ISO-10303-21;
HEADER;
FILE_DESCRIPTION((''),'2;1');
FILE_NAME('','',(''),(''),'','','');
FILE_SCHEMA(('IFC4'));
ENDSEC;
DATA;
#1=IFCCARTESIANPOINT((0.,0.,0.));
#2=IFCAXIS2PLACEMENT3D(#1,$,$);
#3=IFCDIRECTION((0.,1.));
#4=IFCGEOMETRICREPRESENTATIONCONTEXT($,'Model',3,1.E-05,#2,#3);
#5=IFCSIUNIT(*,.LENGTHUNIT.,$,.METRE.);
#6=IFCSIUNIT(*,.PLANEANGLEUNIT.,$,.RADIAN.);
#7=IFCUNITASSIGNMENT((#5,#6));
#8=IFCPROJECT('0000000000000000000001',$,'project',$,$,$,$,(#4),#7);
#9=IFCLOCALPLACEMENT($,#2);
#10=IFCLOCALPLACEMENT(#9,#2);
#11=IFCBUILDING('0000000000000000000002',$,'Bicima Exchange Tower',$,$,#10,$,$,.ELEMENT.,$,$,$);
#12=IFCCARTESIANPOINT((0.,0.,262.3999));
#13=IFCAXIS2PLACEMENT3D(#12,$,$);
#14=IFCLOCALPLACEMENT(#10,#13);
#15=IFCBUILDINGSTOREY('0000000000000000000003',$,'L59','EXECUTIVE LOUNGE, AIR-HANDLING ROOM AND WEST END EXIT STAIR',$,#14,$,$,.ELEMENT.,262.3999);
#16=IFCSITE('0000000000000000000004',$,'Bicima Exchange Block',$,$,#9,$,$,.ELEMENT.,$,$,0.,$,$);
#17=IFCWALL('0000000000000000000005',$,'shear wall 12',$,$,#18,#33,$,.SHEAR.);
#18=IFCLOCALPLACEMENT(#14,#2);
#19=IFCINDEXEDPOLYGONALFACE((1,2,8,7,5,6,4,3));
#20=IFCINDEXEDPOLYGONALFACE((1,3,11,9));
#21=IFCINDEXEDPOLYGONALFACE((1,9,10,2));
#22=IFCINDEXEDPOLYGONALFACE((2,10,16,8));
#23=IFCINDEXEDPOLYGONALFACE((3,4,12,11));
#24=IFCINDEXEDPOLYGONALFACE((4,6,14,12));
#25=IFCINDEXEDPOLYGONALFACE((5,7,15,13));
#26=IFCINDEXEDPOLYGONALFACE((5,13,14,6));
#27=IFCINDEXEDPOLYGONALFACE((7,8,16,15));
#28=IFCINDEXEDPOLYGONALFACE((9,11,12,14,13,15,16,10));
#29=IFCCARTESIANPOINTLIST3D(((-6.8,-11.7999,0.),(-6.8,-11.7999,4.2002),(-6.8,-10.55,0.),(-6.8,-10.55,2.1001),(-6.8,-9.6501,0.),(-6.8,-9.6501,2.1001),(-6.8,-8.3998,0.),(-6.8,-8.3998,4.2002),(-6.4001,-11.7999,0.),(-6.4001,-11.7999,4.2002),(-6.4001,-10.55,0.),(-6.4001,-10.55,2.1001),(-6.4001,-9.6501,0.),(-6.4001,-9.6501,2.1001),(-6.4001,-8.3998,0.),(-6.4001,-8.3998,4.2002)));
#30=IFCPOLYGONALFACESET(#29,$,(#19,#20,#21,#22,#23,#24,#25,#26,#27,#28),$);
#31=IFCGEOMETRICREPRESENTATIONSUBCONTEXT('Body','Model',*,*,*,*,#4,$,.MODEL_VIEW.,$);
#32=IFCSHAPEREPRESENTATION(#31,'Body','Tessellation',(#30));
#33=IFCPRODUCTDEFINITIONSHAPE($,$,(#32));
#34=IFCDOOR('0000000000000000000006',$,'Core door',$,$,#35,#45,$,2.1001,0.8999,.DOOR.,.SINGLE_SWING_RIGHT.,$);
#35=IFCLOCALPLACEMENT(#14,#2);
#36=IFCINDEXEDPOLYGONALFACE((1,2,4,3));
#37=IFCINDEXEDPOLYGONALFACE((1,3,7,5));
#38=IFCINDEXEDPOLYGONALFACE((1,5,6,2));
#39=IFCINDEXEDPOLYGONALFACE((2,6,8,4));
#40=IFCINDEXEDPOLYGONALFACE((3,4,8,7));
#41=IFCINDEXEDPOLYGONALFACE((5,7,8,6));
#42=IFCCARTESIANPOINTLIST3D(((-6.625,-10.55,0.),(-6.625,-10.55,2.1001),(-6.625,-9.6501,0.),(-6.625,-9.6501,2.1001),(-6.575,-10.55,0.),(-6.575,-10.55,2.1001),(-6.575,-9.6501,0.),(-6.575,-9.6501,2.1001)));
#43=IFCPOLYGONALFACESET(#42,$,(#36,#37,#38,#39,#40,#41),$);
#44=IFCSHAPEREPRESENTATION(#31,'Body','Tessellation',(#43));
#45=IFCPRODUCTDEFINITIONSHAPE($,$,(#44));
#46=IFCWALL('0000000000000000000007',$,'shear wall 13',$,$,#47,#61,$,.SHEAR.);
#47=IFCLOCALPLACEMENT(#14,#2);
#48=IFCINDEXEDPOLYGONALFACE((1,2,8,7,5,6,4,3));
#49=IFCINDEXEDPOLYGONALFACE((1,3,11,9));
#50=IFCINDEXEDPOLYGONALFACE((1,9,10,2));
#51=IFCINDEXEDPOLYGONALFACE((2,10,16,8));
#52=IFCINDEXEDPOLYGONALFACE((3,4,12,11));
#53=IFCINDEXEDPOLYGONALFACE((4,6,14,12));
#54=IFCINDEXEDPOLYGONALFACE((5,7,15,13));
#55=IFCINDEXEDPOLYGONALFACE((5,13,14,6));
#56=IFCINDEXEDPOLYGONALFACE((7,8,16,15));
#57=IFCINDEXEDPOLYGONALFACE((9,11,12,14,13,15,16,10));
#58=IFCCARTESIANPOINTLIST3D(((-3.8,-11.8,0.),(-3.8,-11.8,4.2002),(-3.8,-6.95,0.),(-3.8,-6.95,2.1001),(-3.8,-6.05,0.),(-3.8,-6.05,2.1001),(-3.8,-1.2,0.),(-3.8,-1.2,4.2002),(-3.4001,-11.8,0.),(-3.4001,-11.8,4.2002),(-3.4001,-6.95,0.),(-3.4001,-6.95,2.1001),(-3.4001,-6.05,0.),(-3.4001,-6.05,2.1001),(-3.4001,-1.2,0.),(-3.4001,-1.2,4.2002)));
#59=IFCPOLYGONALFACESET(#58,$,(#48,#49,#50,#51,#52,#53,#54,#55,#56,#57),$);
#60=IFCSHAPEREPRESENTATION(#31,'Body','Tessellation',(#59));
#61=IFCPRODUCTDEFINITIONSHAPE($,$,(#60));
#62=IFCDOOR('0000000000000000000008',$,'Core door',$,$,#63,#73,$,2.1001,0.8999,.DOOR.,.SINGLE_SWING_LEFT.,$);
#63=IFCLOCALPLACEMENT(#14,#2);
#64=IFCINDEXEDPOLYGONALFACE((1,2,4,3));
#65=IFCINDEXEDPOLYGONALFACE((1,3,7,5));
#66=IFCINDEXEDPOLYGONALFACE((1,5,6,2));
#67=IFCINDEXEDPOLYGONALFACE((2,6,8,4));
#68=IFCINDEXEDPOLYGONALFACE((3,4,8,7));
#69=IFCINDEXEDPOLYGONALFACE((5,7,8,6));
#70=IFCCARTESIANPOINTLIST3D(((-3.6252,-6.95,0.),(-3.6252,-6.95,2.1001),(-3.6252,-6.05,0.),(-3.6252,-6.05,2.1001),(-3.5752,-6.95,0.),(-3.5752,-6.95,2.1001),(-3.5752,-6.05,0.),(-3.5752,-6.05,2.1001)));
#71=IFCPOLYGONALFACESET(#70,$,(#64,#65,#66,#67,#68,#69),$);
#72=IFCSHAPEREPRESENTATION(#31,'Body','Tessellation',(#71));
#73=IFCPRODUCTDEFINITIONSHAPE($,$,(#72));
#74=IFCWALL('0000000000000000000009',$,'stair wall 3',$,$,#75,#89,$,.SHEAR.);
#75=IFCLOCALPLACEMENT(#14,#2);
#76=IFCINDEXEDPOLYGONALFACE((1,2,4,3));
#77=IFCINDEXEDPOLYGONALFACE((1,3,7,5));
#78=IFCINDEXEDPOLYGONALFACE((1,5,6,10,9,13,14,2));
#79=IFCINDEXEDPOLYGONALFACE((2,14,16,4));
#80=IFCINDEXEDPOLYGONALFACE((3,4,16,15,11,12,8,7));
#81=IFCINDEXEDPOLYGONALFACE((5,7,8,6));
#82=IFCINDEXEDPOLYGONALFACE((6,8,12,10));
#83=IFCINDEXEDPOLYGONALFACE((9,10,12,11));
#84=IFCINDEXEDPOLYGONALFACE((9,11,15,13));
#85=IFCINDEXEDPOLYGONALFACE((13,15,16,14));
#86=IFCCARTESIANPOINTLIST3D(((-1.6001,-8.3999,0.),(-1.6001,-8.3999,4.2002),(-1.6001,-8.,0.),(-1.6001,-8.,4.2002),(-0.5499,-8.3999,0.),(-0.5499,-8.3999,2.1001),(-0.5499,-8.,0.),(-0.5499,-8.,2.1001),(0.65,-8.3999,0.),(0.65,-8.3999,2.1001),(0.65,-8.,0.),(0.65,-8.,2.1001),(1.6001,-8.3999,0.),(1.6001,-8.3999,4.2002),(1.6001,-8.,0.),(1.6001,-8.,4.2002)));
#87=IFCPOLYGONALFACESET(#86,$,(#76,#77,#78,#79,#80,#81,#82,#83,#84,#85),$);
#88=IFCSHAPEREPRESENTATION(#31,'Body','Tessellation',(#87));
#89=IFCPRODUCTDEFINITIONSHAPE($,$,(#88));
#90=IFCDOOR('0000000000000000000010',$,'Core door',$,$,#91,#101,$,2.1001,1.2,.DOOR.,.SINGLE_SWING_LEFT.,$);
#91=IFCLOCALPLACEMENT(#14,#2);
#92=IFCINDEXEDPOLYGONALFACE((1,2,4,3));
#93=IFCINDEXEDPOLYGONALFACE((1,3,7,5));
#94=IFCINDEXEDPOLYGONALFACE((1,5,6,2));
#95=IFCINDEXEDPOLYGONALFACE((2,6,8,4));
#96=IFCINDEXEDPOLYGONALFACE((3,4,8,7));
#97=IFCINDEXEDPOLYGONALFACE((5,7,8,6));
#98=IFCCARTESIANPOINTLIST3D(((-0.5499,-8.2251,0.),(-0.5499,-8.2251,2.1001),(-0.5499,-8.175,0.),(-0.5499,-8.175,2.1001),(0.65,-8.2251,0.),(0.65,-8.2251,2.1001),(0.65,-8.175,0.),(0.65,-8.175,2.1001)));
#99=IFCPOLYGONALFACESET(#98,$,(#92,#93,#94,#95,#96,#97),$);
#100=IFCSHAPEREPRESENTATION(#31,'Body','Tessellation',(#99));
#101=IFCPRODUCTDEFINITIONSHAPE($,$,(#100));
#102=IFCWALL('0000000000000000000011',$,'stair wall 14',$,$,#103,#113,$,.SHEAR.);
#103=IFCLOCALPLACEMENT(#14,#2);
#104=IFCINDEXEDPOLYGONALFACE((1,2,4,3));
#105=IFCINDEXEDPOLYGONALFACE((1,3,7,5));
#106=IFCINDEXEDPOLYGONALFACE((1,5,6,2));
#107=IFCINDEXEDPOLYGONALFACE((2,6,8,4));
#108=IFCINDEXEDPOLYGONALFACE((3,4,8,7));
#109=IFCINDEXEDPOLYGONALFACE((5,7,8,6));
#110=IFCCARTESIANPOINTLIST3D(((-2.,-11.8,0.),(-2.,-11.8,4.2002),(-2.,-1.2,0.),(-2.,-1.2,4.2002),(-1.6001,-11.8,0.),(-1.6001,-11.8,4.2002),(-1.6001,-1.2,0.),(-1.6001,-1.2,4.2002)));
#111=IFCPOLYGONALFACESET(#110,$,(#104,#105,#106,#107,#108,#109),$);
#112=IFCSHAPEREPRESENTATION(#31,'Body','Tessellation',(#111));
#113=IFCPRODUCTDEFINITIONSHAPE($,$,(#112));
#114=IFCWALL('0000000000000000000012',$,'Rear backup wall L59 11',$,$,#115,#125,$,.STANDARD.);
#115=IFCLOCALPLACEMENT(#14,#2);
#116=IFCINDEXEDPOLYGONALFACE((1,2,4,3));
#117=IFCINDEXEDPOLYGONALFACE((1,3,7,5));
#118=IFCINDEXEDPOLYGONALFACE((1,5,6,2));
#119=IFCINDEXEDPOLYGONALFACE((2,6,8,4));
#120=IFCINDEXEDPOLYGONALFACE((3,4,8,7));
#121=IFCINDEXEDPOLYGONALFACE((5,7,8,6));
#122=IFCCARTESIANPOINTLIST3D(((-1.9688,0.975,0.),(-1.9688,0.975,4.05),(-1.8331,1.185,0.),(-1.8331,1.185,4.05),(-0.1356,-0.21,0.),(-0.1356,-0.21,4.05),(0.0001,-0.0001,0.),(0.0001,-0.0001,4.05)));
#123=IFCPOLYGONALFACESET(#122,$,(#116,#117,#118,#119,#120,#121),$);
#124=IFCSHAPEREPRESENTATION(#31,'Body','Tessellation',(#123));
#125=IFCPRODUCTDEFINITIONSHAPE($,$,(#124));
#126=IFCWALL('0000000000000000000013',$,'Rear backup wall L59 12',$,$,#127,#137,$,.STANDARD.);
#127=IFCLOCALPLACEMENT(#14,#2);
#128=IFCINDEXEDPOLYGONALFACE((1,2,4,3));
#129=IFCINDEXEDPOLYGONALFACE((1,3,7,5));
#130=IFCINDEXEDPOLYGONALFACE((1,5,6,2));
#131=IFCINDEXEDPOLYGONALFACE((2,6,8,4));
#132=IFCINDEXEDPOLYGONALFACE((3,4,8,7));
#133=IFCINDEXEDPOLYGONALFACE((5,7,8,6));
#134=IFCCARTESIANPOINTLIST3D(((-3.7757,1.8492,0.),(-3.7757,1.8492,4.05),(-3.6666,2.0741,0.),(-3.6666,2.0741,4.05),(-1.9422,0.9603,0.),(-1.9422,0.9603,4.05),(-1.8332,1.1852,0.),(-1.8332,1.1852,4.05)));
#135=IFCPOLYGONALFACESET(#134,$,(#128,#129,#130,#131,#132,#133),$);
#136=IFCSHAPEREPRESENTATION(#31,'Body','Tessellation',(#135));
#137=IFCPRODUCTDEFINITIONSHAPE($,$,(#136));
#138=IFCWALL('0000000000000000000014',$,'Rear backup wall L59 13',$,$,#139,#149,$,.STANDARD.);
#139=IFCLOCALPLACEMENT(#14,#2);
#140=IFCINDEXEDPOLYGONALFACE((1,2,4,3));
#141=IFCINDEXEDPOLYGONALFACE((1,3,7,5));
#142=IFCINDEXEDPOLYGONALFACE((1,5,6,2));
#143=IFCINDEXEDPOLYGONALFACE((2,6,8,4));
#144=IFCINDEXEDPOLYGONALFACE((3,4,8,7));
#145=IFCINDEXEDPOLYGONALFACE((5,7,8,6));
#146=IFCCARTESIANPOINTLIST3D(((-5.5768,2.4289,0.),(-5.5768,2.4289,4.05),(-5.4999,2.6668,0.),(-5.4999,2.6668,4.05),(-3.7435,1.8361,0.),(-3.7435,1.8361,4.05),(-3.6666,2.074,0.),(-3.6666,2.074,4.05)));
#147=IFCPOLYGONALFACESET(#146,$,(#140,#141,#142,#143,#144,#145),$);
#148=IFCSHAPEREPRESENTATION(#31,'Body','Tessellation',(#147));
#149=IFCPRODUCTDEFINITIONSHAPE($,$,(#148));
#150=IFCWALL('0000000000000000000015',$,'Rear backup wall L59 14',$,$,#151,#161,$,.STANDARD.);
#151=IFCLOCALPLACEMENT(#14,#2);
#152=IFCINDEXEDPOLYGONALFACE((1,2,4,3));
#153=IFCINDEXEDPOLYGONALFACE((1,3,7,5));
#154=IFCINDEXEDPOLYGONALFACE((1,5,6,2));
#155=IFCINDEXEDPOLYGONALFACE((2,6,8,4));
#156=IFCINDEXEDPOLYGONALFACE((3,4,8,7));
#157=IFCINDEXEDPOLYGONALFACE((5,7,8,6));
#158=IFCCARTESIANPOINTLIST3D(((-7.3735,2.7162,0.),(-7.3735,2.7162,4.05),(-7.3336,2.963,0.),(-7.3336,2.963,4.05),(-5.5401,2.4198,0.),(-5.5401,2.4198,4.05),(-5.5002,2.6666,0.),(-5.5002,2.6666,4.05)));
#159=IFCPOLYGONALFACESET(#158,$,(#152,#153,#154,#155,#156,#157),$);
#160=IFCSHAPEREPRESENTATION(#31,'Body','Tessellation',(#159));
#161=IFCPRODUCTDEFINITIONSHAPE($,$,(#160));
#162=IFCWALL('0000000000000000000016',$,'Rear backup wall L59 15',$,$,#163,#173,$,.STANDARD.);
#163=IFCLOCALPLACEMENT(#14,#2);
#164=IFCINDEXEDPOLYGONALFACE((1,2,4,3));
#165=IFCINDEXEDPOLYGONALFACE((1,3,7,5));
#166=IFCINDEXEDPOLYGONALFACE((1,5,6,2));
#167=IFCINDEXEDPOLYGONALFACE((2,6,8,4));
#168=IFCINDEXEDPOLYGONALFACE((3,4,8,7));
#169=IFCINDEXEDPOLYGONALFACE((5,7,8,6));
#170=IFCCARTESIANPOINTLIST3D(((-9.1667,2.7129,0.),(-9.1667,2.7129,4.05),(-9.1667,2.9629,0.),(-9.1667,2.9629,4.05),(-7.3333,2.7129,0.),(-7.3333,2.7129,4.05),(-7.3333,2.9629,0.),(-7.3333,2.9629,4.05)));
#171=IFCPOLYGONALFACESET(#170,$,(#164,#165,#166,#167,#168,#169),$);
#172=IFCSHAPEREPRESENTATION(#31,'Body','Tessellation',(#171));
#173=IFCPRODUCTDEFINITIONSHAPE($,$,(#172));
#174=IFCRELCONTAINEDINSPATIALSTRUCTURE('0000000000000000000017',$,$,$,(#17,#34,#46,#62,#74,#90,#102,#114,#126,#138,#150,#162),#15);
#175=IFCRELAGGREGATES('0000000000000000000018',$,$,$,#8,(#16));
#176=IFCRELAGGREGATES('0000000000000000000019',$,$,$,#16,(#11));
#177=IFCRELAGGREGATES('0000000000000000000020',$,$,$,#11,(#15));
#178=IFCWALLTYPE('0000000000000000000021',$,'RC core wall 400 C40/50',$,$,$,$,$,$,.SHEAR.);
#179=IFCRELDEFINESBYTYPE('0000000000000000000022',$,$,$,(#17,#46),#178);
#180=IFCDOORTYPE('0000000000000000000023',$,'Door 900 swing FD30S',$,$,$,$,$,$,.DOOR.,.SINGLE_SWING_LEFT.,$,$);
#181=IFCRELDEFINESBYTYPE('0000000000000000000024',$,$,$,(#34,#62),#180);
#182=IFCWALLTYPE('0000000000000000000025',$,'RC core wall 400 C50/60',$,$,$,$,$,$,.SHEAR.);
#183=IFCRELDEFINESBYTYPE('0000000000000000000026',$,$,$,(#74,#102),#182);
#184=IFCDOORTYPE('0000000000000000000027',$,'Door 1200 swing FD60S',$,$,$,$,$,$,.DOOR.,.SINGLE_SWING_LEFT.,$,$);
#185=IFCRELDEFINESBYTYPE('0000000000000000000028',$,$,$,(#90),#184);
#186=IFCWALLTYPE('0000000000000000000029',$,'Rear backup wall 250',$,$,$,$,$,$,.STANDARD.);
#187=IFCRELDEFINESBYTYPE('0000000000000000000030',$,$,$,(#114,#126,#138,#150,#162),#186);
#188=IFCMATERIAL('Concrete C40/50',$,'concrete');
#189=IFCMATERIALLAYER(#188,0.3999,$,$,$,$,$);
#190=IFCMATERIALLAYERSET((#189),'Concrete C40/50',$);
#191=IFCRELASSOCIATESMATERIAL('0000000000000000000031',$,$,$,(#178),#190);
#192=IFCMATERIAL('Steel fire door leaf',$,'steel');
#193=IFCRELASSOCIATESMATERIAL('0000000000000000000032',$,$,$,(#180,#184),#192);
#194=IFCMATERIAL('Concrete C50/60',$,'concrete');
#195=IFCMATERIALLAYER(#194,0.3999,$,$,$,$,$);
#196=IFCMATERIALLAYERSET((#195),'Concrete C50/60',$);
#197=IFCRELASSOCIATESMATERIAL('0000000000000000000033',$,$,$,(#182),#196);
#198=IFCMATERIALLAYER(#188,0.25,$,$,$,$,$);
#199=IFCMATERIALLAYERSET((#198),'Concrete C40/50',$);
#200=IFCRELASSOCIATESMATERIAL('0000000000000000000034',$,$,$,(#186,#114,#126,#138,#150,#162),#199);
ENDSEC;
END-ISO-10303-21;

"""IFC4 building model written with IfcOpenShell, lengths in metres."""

from ifc_helpers import new_model, si_unit, direction, frame, frame_2d, origin, place, context, subcontext, project, spatial, rectangle, extrude, material, layer, layer_set, layer_usage, type_object, element, fill, save


model = new_model("IFC4")

# Units and contexts
model_context = context("Model", 3, precision=1e-05, world=origin(), true_north=direction((0.0, 1.0)))
body_context = subcontext(model_context, "Body", "Model", "MODEL_VIEW")
ifc_project = project(units=[si_unit("LENGTHUNIT", "METRE"), si_unit("PLANEANGLEUNIT", "RADIAN")], contexts=[model_context])

# Site, building, storey
site_placement = place(None, origin())
site = spatial("IfcSite", under=ifc_project, at=site_placement, Name="Bicima Exchange Block", CompositionType="ELEMENT", RefElevation=0.0)
building_placement = place(site_placement, origin())
building = spatial("IfcBuilding", under=site, at=building_placement, Name="Bicima Exchange Tower", CompositionType="ELEMENT")
storey_placement = place(building_placement, frame((0.0, 0.0, 262.3999)))
storey = spatial("IfcBuildingStorey", under=building, at=storey_placement, Name="L59", Description="EXECUTIVE LOUNGE, AIR-HANDLING ROOM AND WEST END EXIT STAIR", CompositionType="ELEMENT", Elevation=262.3999)

# Shared definitions
ifc_material_1 = material(Name="Concrete C40/50", Category="concrete")

# Shared definitions
ifc_material_2 = material(Name="Concrete C50/60", Category="concrete")

# Walls, openings, doors
ifc_layer_1 = layer(ifc_material_1, 0.3999)
ifc_layer_set_1 = layer_set([ifc_layer_1], Name="Concrete C40/50")
wall_type_1 = type_object("IfcWallType", Name="RC core wall 400 C40/50", PredefinedType="SHEAR", material=ifc_layer_set_1)
wall_1_placement = place(storey_placement, frame((-6.6001, -11.8, 0.0), z_axis=(0.0, 0.0, 1.0), x_axis=(0.0, 1.0, 0.0)))
wall_1 = element("IfcWall", 1, at=wall_1_placement, inside=storey, type_object=wall_type_1, Name="shear wall 12", PredefinedType="SHEAR", context=body_context, shape_type="SweptSolid", body=[
    extrude(rectangle(XDim=3.4001, YDim=0.3999, at=frame_2d((1.7002, 0.0))), origin(), (0.0, 0.0, 1.0), 4.2002),
])
opening_1_placement = place(wall_1_placement, frame((1.25, 0.0, 0.0)))
opening_1 = element("IfcOpeningElement", 2, at=opening_1_placement, cuts=wall_1, PredefinedType="OPENING", context=body_context, shape_type="SweptSolid", body=[
    extrude(rectangle(XDim=0.8999, YDim=2.1001, at=frame_2d((0.45, 1.05))), frame((0.0, 0.2119, 0.0), z_axis=(0.0, -1.0, 0.0), x_axis=(1.0, 0.0, 0.0)), (0.0, 0.0, 1.0), 0.4238),
])
ifc_material_3 = material(Name="Steel fire door leaf", Category="steel")
door_type_1 = type_object("IfcDoorType", Name="Door 900 swing FD30S", OperationType="SINGLE_SWING_LEFT", PredefinedType="DOOR", material=ifc_material_3)
door_1_placement = place(opening_1_placement, origin())
door_1 = element("IfcDoor", 3, at=door_1_placement, inside=storey, type_object=door_type_1, Name="Core door", OperationType="SINGLE_SWING_RIGHT", OverallHeight=2.1001, OverallWidth=0.8999, PredefinedType="DOOR", context=body_context, shape_type="SweptSolid", body=[
    extrude(rectangle(XDim=0.8999, YDim=2.1001, at=frame_2d((0.45, 1.05))), frame((0.0, 0.0249, 0.0), z_axis=(0.0, -1.0, 0.0), x_axis=(1.0, 0.0, 0.0)), (0.0, 0.0, 1.0), 0.05),
])
fill(opening_1, door_1)
wall_2_placement = place(storey_placement, frame((-3.6001, -11.8, 0.0), z_axis=(0.0, 0.0, 1.0), x_axis=(0.0, 1.0, 0.0)))
wall_2 = element("IfcWall", 4, at=wall_2_placement, inside=storey, type_object=wall_type_1, Name="shear wall 13", PredefinedType="SHEAR", context=body_context, shape_type="SweptSolid", body=[
    extrude(rectangle(XDim=10.6001, YDim=0.3999, at=frame_2d((5.3, 0.0))), origin(), (0.0, 0.0, 1.0), 4.2002),
])
opening_2_placement = place(wall_2_placement, frame((4.8501, 0.0, 0.0)))
opening_2 = element("IfcOpeningElement", 5, at=opening_2_placement, cuts=wall_2, PredefinedType="OPENING", context=body_context, shape_type="SweptSolid", body=[
    extrude(rectangle(XDim=0.8999, YDim=2.1001, at=frame_2d((0.45, 1.05))), frame((0.0, 0.2119, 0.0), z_axis=(0.0, -1.0, 0.0), x_axis=(1.0, 0.0, 0.0)), (0.0, 0.0, 1.0), 0.4238),
])
door_2_placement = place(opening_2_placement, frame((0.8999, 0.0, 0.0), z_axis=(0.0, 0.0, 1.0), x_axis=(-1.0, 0.0, 0.0)))
door_2 = element("IfcDoor", 6, at=door_2_placement, inside=storey, type_object=door_type_1, Name="Core door", OperationType="SINGLE_SWING_LEFT", OverallHeight=2.1001, OverallWidth=0.8999, PredefinedType="DOOR", context=body_context, shape_type="SweptSolid", body=[
    extrude(rectangle(XDim=0.8999, YDim=2.1001, at=frame_2d((0.45, 1.05))), frame((0.0, 0.0249, 0.0), z_axis=(0.0, -1.0, 0.0), x_axis=(1.0, 0.0, 0.0)), (0.0, 0.0, 1.0), 0.05),
])
fill(opening_2, door_2)
ifc_layer_2 = layer(ifc_material_2, 0.3999)
ifc_layer_set_2 = layer_set([ifc_layer_2], Name="Concrete C50/60")
wall_type_2 = type_object("IfcWallType", Name="RC core wall 400 C50/60", PredefinedType="SHEAR", material=ifc_layer_set_2)
wall_3_placement = place(storey_placement, frame((-1.6001, -8.2, 0.0), z_axis=(0.0, 0.0, 1.0), x_axis=(1.0, 0.0, 0.0)))
wall_3 = element("IfcWall", 7, at=wall_3_placement, inside=storey, type_object=wall_type_2, Name="stair wall 3", PredefinedType="SHEAR", context=body_context, shape_type="SweptSolid", body=[
    extrude(rectangle(XDim=3.2002, YDim=0.3999, at=frame_2d((1.6001, 0.0))), origin(), (0.0, 0.0, 1.0), 4.2002),
])
opening_3_placement = place(wall_3_placement, frame((1.05, 0.0, 0.0)))
opening_3 = element("IfcOpeningElement", 8, at=opening_3_placement, cuts=wall_3, PredefinedType="OPENING", context=body_context, shape_type="SweptSolid", body=[
    extrude(rectangle(XDim=1.2, YDim=2.1001, at=frame_2d((0.6001, 1.05))), frame((0.0, 0.2119, 0.0), z_axis=(0.0, -1.0, 0.0), x_axis=(1.0, 0.0, 0.0)), (0.0, 0.0, 1.0), 0.4238),
])
door_type_2 = type_object("IfcDoorType", Name="Door 1200 swing FD60S", OperationType="SINGLE_SWING_LEFT", PredefinedType="DOOR", material=ifc_material_3)
door_3_placement = place(opening_3_placement, origin())
door_3 = element("IfcDoor", 9, at=door_3_placement, inside=storey, type_object=door_type_2, Name="Core door", OperationType="SINGLE_SWING_LEFT", OverallHeight=2.1001, OverallWidth=1.2, PredefinedType="DOOR", context=body_context, shape_type="SweptSolid", body=[
    extrude(rectangle(XDim=1.2, YDim=2.1001, at=frame_2d((0.6001, 1.05))), frame((0.0, 0.0249, 0.0), z_axis=(0.0, -1.0, 0.0), x_axis=(1.0, 0.0, 0.0)), (0.0, 0.0, 1.0), 0.05),
])
fill(opening_3, door_3)

# Walls
wall_4_placement = place(storey_placement, frame((-1.8, -11.8, 0.0), z_axis=(0.0, 0.0, 1.0), x_axis=(0.0, 1.0, 0.0)))
element("IfcWall", 10, at=wall_4_placement, inside=storey, type_object=wall_type_2, Name="stair wall 14", PredefinedType="SHEAR", context=body_context, shape_type="SweptSolid", body=[
    extrude(rectangle(XDim=10.6001, YDim=0.3999, at=frame_2d((5.3, 0.0))), origin(), (0.0, 0.0, 1.0), 4.2002),
])
ifc_layer_3 = layer(ifc_material_1, 0.25)
ifc_layer_set_3 = layer_set([ifc_layer_3], Name="Concrete C40/50")
ifc_layer_usage = layer_usage(ifc_layer_set_3, "AXIS2", "POSITIVE", -0.125)
wall_type_3 = type_object("IfcWallType", Name="Rear backup wall 250", PredefinedType="STANDARD", material=ifc_layer_set_3)
wall_5_placement = place(storey_placement, frame((-0.0679, -0.105, 0.0), z_axis=(0.0, 0.0, 1.0), x_axis=(-0.839813, 0.542876, 0.0)))
element("IfcWall", 11, at=wall_5_placement, inside=storey, type_object=wall_type_3, material=ifc_layer_usage, Name="Rear backup wall L59 11", PredefinedType="STANDARD", context=body_context, shape_type="SweptSolid", body=[
    extrude(rectangle(XDim=2.1829, YDim=0.25, at=frame_2d((1.0913, 0.0))), origin(), (0.0, 0.0, 1.0), 4.05),
])
wall_6_placement = place(storey_placement, frame((-1.8877, 1.0728, 0.0), z_axis=(0.0, 0.0, 1.0), x_axis=(-0.899824, 0.436253, 0.0)))
element("IfcWall", 12, at=wall_6_placement, inside=storey, type_object=wall_type_3, material=ifc_layer_usage, Name="Rear backup wall L59 12", PredefinedType="STANDARD", context=body_context, shape_type="SweptSolid", body=[
    extrude(rectangle(XDim=2.0376, YDim=0.25, at=frame_2d((1.0188, 0.0))), origin(), (0.0, 0.0, 1.0), 4.05),
])
wall_7_placement = place(storey_placement, frame((-3.7051, 1.9551, 0.0), z_axis=(0.0, 0.0, 1.0), x_axis=(-0.951496, 0.307662, 0.0)))
element("IfcWall", 13, at=wall_7_placement, inside=storey, type_object=wall_type_3, material=ifc_layer_usage, Name="Rear backup wall L59 13", PredefinedType="STANDARD", context=body_context, shape_type="SweptSolid", body=[
    extrude(rectangle(XDim=1.9268, YDim=0.25, at=frame_2d((0.9634, 0.0))), origin(), (0.0, 0.0, 1.0), 4.05),
])
wall_8_placement = place(storey_placement, frame((-5.52, 2.5432, 0.0), z_axis=(0.0, 0.0, 1.0), x_axis=(-0.987182, 0.1596, 0.0)))
element("IfcWall", 14, at=wall_8_placement, inside=storey, type_object=wall_type_3, material=ifc_layer_usage, Name="Rear backup wall L59 14", PredefinedType="STANDARD", context=body_context, shape_type="SweptSolid", body=[
    extrude(rectangle(XDim=1.8572, YDim=0.25, at=frame_2d((0.9287, 0.0))), origin(), (0.0, 0.0, 1.0), 4.05),
])
wall_9_placement = place(storey_placement, frame((-7.3333, 2.8379, 0.0), z_axis=(0.0, 0.0, 1.0), x_axis=(-1.0, 0.0, 0.0)))
element("IfcWall", 15, at=wall_9_placement, inside=storey, type_object=wall_type_3, material=ifc_layer_usage, Name="Rear backup wall L59 15", PredefinedType="STANDARD", context=body_context, shape_type="SweptSolid", body=[
    extrude(rectangle(XDim=1.8335, YDim=0.25, at=frame_2d((0.9167, 0.0))), origin(), (0.0, 0.0, 1.0), 4.05),
])

save(model, "model.ifc")
